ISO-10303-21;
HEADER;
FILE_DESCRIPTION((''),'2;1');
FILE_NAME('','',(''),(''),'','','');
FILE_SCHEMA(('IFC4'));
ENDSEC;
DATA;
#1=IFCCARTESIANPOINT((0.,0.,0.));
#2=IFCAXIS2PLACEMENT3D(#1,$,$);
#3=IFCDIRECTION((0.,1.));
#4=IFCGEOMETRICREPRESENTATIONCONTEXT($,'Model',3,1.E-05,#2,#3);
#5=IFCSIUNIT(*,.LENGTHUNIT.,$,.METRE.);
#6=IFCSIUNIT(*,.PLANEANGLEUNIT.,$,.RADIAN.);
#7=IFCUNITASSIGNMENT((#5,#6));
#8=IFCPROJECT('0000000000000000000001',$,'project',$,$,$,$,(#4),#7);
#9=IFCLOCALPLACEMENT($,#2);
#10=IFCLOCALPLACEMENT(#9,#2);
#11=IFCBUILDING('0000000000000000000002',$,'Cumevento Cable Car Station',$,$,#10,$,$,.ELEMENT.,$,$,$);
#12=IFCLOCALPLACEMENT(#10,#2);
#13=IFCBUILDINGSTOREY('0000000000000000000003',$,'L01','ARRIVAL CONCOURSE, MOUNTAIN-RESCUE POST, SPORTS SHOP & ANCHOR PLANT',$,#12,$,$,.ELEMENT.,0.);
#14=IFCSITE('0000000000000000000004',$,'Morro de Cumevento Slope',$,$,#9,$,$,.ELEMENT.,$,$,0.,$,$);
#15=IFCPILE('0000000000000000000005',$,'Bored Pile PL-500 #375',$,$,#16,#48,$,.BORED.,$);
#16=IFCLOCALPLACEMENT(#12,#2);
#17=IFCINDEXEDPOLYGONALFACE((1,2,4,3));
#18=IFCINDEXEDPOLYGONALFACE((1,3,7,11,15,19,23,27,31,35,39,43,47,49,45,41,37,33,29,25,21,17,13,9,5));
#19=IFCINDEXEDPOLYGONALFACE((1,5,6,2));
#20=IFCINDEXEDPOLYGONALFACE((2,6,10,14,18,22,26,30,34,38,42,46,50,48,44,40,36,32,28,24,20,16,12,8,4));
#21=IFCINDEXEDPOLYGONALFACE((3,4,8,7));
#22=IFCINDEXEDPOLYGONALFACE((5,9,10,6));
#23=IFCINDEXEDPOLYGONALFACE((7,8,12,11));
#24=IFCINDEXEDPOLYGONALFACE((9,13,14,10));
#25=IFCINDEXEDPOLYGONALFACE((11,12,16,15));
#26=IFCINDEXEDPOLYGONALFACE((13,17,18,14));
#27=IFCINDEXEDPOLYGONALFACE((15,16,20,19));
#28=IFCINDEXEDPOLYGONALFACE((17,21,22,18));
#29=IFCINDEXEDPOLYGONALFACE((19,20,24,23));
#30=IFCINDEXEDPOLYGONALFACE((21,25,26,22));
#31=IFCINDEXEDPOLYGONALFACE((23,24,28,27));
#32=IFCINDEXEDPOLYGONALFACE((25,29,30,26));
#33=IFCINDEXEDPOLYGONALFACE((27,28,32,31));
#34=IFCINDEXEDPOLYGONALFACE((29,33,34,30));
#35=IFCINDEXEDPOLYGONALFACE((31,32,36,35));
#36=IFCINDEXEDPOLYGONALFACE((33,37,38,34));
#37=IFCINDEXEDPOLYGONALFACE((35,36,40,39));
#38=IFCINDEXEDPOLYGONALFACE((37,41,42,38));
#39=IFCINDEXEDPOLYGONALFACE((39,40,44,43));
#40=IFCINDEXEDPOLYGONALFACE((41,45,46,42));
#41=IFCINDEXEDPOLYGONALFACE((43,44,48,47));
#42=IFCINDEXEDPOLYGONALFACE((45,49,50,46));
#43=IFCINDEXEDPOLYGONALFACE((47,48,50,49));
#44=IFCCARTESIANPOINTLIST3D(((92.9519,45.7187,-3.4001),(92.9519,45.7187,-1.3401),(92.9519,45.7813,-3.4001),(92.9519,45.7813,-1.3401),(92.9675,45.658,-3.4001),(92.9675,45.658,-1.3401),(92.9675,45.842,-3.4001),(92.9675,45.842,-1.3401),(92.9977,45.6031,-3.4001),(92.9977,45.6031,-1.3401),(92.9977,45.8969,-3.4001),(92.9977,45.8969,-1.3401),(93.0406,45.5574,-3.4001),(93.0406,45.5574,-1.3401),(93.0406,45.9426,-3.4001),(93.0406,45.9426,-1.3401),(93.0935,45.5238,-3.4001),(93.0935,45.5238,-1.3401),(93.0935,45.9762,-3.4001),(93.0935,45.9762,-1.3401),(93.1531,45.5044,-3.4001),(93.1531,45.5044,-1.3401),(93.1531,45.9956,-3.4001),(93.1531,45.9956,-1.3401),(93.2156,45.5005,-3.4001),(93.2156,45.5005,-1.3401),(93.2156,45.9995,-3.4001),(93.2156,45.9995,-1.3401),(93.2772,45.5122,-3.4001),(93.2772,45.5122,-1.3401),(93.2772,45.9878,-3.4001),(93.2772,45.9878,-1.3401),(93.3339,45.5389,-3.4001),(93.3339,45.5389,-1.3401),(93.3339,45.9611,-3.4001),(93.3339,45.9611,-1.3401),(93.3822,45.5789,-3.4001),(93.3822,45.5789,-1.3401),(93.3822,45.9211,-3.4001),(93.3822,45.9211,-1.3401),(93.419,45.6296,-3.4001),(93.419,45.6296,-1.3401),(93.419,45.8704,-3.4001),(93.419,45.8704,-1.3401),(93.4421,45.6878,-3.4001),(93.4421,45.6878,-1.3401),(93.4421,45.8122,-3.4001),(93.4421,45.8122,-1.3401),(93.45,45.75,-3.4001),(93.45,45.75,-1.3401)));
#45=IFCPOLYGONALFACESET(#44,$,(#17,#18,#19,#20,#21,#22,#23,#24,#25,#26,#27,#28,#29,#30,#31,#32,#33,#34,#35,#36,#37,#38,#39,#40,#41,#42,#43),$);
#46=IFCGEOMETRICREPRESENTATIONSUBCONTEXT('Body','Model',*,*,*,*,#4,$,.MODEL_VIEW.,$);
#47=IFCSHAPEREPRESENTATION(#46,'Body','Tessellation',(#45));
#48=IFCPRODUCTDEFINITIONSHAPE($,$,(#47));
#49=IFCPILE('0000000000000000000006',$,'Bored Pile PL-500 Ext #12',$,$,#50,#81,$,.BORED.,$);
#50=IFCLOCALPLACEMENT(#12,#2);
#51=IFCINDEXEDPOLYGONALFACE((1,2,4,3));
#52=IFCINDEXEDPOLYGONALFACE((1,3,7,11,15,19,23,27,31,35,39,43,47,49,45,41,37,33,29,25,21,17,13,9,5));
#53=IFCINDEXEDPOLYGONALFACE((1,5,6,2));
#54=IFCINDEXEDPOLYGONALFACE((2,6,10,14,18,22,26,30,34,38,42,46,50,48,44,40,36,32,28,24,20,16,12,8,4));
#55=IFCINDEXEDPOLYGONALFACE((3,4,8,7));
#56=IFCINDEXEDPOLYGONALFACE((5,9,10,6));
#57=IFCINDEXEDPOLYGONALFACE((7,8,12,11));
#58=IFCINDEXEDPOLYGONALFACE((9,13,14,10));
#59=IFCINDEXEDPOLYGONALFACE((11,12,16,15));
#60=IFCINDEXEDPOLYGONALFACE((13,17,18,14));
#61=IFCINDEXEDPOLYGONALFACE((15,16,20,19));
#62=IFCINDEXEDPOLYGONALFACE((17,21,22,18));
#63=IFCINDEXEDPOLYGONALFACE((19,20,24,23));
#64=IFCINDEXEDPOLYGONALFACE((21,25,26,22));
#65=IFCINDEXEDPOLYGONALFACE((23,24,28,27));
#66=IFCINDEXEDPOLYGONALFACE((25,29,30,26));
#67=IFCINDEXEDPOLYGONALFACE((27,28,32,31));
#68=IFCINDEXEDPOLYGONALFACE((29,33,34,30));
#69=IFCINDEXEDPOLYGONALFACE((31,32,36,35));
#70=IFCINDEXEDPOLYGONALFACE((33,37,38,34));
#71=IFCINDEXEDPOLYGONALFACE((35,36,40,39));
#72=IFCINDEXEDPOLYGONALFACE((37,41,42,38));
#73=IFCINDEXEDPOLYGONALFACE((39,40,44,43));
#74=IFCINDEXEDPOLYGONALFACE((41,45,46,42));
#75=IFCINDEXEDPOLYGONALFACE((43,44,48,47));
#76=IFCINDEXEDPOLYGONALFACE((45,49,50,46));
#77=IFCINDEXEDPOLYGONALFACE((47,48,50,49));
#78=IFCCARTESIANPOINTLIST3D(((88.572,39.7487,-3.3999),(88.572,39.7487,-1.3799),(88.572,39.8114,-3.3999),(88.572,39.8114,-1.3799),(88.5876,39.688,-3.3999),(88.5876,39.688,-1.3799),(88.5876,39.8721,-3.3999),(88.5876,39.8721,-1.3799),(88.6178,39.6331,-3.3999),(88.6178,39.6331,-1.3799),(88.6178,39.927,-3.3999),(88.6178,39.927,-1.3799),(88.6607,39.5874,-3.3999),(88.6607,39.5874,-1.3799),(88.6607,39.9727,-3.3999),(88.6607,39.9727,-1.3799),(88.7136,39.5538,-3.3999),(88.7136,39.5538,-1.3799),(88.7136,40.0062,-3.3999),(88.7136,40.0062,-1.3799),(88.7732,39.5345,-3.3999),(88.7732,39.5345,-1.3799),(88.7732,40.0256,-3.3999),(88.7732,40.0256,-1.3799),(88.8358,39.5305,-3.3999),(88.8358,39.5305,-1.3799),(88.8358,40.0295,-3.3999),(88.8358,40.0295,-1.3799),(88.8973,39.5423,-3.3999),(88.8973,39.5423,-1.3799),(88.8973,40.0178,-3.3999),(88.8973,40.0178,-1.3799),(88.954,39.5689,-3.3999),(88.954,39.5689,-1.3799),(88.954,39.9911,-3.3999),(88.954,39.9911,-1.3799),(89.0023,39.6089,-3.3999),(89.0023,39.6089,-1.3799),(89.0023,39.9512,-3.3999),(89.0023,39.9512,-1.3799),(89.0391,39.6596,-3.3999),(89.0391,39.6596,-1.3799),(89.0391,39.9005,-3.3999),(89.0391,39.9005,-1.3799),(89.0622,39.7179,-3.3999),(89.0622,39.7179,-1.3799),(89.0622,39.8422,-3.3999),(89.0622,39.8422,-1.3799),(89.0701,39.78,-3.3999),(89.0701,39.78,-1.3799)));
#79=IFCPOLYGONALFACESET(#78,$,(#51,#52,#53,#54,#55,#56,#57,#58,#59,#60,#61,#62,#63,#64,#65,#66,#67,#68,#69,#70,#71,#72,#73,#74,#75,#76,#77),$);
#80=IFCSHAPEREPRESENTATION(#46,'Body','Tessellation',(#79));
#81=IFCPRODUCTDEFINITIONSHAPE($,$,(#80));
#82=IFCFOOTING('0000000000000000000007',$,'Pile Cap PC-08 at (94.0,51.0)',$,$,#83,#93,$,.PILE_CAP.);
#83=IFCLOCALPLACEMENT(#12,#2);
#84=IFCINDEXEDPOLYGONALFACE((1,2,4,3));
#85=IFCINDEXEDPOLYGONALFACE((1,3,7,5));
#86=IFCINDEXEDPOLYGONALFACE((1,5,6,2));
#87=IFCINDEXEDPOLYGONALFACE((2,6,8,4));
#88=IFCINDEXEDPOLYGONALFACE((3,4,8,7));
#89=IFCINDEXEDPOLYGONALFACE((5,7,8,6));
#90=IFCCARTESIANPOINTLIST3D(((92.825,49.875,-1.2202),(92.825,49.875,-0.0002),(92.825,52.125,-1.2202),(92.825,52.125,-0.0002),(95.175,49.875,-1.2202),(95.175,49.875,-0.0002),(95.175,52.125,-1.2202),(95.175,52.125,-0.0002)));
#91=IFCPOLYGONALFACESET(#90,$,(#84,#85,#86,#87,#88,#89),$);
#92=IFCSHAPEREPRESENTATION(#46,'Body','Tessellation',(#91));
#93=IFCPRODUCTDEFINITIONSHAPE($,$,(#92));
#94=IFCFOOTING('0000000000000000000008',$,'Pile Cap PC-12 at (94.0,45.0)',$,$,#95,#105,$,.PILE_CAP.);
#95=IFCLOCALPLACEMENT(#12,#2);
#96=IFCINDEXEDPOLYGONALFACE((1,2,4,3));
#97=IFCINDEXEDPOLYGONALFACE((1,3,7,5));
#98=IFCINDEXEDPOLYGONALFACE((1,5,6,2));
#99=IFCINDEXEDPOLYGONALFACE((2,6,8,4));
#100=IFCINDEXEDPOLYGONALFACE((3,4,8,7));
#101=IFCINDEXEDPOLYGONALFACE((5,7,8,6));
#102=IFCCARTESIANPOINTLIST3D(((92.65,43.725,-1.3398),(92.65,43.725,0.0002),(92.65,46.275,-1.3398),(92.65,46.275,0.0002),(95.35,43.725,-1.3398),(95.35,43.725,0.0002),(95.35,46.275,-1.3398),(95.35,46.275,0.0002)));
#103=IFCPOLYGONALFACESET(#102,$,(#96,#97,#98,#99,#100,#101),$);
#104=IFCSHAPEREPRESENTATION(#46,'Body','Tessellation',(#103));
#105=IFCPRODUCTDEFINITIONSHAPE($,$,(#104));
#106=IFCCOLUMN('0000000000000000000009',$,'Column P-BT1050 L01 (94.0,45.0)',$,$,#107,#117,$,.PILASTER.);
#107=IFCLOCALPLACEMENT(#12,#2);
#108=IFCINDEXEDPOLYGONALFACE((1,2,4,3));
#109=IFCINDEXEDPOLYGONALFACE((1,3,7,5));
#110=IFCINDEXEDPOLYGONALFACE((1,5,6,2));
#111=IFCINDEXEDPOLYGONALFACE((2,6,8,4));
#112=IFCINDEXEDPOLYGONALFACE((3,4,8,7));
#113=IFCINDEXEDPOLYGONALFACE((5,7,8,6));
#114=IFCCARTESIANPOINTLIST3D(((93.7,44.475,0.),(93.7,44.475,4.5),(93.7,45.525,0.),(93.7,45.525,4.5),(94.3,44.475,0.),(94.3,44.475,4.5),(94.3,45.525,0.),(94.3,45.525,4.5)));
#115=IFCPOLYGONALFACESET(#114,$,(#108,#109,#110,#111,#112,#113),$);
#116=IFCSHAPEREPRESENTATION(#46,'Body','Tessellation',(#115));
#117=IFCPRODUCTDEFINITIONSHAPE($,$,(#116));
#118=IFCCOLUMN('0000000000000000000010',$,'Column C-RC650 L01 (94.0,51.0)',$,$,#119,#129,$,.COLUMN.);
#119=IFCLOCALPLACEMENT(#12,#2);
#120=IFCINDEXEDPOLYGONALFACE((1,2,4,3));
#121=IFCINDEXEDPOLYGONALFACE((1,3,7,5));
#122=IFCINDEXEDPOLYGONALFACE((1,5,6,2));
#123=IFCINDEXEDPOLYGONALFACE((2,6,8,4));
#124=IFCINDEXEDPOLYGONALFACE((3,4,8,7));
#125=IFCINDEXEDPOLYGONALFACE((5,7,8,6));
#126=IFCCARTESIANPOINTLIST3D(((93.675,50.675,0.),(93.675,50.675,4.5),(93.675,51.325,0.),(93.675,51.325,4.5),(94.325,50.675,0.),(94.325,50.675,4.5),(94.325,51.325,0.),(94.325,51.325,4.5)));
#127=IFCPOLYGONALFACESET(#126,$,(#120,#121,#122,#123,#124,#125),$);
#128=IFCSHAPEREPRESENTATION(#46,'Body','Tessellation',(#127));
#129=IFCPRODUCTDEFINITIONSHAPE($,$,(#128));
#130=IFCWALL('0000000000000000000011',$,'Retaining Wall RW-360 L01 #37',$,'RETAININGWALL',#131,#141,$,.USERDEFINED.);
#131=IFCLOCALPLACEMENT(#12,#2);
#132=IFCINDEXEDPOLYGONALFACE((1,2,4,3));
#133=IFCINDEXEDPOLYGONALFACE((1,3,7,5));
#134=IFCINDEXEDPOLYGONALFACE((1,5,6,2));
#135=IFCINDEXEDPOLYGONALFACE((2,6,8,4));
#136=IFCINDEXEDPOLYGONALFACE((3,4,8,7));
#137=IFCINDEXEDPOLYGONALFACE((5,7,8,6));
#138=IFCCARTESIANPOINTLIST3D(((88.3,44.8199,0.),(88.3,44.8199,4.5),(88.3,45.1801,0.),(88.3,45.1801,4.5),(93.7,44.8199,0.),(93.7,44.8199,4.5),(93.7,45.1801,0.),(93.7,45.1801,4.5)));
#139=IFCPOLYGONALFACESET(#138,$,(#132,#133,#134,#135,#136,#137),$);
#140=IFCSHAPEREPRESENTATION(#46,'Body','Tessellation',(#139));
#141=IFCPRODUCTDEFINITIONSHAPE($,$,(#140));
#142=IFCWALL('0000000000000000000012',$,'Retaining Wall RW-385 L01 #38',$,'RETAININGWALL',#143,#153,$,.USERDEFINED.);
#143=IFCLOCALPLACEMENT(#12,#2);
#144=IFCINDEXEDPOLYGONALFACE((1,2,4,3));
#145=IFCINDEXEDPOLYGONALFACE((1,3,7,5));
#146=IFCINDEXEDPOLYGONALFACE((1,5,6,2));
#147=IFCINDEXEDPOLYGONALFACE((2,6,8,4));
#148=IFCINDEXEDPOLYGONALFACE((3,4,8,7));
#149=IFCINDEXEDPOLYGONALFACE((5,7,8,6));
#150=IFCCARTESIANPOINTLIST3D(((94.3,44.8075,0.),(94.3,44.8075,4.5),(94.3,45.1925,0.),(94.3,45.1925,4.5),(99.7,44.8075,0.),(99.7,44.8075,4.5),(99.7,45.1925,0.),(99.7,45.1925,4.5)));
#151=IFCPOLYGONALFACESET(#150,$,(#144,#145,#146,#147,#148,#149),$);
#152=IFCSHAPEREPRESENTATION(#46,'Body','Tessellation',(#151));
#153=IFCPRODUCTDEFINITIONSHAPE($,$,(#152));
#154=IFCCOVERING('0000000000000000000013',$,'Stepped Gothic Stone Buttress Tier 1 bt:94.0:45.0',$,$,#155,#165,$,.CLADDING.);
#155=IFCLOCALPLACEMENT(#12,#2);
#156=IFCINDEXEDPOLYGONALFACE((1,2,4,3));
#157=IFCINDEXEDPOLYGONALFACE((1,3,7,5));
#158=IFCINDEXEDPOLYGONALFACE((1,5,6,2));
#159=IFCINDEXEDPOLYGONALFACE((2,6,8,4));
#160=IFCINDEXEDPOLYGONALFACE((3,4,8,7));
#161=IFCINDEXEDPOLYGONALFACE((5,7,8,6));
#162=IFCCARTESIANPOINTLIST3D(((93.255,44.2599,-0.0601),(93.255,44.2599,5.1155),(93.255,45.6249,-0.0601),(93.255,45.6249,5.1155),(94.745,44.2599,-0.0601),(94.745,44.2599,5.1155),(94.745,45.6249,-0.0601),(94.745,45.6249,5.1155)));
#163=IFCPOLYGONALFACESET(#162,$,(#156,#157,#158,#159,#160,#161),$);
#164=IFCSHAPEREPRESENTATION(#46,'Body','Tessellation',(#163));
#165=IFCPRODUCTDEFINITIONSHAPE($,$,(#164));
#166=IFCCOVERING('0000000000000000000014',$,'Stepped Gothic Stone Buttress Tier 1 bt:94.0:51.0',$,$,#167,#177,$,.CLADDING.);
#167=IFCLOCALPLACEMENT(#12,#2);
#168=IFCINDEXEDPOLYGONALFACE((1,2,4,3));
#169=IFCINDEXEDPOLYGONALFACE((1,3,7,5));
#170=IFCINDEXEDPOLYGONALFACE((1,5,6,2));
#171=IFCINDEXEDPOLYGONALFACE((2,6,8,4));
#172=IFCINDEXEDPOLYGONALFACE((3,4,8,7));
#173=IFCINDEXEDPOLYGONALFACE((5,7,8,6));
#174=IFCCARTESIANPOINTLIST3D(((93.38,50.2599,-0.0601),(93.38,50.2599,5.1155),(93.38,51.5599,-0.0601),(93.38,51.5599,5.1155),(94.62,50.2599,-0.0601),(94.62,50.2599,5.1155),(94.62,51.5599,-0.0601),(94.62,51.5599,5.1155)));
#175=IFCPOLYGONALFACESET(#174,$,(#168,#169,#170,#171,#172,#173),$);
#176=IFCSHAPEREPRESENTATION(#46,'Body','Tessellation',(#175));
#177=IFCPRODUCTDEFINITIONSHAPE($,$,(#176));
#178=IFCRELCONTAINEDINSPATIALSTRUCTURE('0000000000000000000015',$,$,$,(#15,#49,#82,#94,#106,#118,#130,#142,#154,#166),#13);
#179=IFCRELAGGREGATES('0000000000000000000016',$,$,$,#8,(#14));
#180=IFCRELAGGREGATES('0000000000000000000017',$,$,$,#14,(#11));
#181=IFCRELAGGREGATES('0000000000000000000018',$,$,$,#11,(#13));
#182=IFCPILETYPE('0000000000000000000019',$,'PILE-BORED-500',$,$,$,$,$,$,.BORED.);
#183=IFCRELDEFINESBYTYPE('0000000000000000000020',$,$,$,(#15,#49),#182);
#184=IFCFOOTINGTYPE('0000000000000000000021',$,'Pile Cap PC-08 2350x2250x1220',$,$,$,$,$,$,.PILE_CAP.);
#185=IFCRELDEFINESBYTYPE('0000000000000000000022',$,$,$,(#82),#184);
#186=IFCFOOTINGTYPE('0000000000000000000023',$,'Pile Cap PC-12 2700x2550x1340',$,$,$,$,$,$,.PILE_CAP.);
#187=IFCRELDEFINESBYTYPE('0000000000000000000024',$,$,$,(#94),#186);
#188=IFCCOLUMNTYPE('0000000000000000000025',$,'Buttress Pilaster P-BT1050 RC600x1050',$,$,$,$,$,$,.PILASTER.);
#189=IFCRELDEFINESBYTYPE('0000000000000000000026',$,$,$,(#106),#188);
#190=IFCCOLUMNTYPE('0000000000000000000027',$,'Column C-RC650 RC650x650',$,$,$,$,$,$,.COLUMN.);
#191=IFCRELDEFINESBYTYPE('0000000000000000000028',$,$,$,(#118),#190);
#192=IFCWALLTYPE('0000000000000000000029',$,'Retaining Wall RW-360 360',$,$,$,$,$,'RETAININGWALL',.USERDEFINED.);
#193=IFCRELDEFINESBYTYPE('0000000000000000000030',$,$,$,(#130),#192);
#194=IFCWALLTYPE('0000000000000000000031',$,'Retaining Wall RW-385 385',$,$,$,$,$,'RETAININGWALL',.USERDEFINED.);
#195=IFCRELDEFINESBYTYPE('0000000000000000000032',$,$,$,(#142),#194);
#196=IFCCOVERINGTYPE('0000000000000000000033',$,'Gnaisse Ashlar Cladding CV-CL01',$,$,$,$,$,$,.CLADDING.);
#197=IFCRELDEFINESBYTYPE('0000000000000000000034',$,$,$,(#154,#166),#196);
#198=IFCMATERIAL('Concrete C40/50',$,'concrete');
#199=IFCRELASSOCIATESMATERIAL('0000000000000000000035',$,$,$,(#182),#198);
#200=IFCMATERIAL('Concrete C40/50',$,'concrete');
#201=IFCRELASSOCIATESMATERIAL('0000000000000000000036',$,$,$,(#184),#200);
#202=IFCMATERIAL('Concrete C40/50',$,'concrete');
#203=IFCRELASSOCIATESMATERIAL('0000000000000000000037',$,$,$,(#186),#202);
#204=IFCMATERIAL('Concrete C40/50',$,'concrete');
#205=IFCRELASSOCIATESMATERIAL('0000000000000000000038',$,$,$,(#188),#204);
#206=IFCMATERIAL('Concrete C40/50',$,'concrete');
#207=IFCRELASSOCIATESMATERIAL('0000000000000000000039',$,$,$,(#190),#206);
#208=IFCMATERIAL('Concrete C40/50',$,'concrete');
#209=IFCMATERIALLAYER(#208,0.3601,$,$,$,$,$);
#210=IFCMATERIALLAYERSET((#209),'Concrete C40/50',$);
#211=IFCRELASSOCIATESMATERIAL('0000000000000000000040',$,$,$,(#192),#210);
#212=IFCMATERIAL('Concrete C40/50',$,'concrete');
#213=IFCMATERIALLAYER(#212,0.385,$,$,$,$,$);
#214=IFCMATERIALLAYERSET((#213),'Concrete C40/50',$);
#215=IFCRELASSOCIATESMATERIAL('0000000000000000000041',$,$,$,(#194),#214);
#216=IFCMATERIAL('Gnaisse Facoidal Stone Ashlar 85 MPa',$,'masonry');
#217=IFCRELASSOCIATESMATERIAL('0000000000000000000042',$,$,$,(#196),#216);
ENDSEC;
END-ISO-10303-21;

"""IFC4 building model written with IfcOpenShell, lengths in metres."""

from ifc_helpers import new_model, si_unit, direction, frame, frame_2d, origin, origin_2d, place, context, subcontext, project, spatial, rectangle, circle, extrude, material, layer, layer_set, material_profile, profile_set, type_object, element, save


model = new_model("IFC4")

# Units and contexts
model_context = context("Model", 3, precision=1e-05, world=origin(), true_north=direction((0.0, 1.0)))
body_context = subcontext(model_context, "Body", "Model", "MODEL_VIEW")
ifc_project = project(units=[si_unit("LENGTHUNIT", "METRE"), si_unit("PLANEANGLEUNIT", "RADIAN")], contexts=[model_context])

# Site, building, storey
site_placement = place(None, origin())
site = spatial("IfcSite", under=ifc_project, at=site_placement, Name="Morro de Cumevento Slope", CompositionType="ELEMENT", RefElevation=0.0)
building_placement = place(site_placement, origin())
building = spatial("IfcBuilding", under=site, at=building_placement, Name="Cumevento Cable Car Station", CompositionType="ELEMENT")
storey_placement = place(building_placement, origin())
storey = spatial("IfcBuildingStorey", under=building, at=storey_placement, Name="L01", Description="ARRIVAL CONCOURSE, MOUNTAIN-RESCUE POST, SPORTS SHOP & ANCHOR PLANT", CompositionType="ELEMENT", Elevation=0.0)

# Piles
ifc_material_1 = material(Name="Concrete C40/50", Category="concrete")
ifc_material_profile_1 = material_profile(ifc_material_1, circle(Radius=0.25, at=origin_2d()), Name="PILE-D500")
ifc_profile_set_1 = profile_set([ifc_material_profile_1], Name="Concrete C40/50")
pile_type_1 = type_object("IfcPileType", Name="PILE-BORED-500", PredefinedType="BORED", material=ifc_profile_set_1)
for number, where, z_axis, x_axis, name in (
    (1, (93.2, 45.75, -1.3401), (0.0, 0.0, -1.0), (1.0, 0.0, 0.0), "Bored Pile PL-500 #375"),
):
    element("IfcPile", number, at=place(storey_placement, frame(where, z_axis=z_axis, x_axis=x_axis)), inside=storey, type_object=pile_type_1, Name=name, PredefinedType="BORED", context=body_context, shape_type="SweptSolid", body=[
        extrude(circle(Radius=0.25, at=origin_2d()), origin(), (0.0, 0.0, 1.0), 2.0601),
    ])
pile_1_placement = place(storey_placement, frame((88.8201, 39.78, -1.3799), z_axis=(0.0, 0.0, -1.0), x_axis=(1.0, 0.0, 0.0)))
element("IfcPile", 2, at=pile_1_placement, inside=storey, type_object=pile_type_1, Name="Bored Pile PL-500 Ext #12", PredefinedType="BORED", context=body_context, shape_type="SweptSolid", body=[
    extrude(circle(Radius=0.25, at=origin_2d()), origin(), (0.0, 0.0, 1.0), 2.02),
])

# Footings
ifc_material_2 = material(Name="Concrete C40/50", Category="concrete")
footing_type_1 = type_object("IfcFootingType", Name="Pile Cap PC-08 2350x2250x1220", PredefinedType="PILE_CAP", material=ifc_material_2)
footing_1_placement = place(storey_placement, frame((94.0, 51.0, -1.2202), z_axis=(0.0, 0.0, 1.0), x_axis=(1.0, 0.0, 0.0)))
element("IfcFooting", 3, at=footing_1_placement, inside=storey, type_object=footing_type_1, Name="Pile Cap PC-08 at (94.0,51.0)", PredefinedType="PILE_CAP", context=body_context, shape_type="SweptSolid", body=[
    extrude(rectangle(XDim=2.3501, YDim=2.25, at=origin_2d()), origin(), (0.0, 0.0, 1.0), 1.22),
])
ifc_material_3 = material(Name="Concrete C40/50", Category="concrete")
footing_type_2 = type_object("IfcFootingType", Name="Pile Cap PC-12 2700x2550x1340", PredefinedType="PILE_CAP", material=ifc_material_3)
footing_2_placement = place(storey_placement, frame((94.0, 45.0, -1.3398), z_axis=(0.0, 0.0, 1.0), x_axis=(1.0, 0.0, 0.0)))
element("IfcFooting", 4, at=footing_2_placement, inside=storey, type_object=footing_type_2, Name="Pile Cap PC-12 at (94.0,45.0)", PredefinedType="PILE_CAP", context=body_context, shape_type="SweptSolid", body=[
    extrude(rectangle(XDim=2.7, YDim=2.55, at=origin_2d()), origin(), (0.0, 0.0, 1.0), 1.3401),
])

# Columns
ifc_material_4 = material(Name="Concrete C40/50", Category="concrete")
ifc_material_profile_2 = material_profile(ifc_material_4, rectangle(XDim=0.6001, YDim=1.05, at=origin_2d()), Name="RC600x1050")
ifc_profile_set_2 = profile_set([ifc_material_profile_2], Name="Concrete C40/50")
column_type_1 = type_object("IfcColumnType", Name="Buttress Pilaster P-BT1050 RC600x1050", PredefinedType="PILASTER", material=ifc_profile_set_2)
column_1_placement = place(storey_placement, frame((94.0, 45.0, 0.0), z_axis=(0.0, 0.0, 1.0), x_axis=(1.0, 0.0, 0.0)))
element("IfcColumn", 5, at=column_1_placement, inside=storey, type_object=column_type_1, Name="Column P-BT1050 L01 (94.0,45.0)", PredefinedType="PILASTER", context=body_context, shape_type="SweptSolid", body=[
    extrude(rectangle(XDim=0.6001, YDim=1.05, at=origin_2d()), origin(), (0.0, 0.0, 1.0), 4.5),
])
ifc_material_5 = material(Name="Concrete C40/50", Category="concrete")
ifc_material_profile_3 = material_profile(ifc_material_5, rectangle(XDim=0.6499, YDim=0.6499, at=origin_2d()), Name="RC650x650")
ifc_profile_set_3 = profile_set([ifc_material_profile_3], Name="Concrete C40/50")
column_type_2 = type_object("IfcColumnType", Name="Column C-RC650 RC650x650", PredefinedType="COLUMN", material=ifc_profile_set_3)
column_2_placement = place(storey_placement, frame((94.0, 51.0, 0.0), z_axis=(0.0, 0.0, 1.0), x_axis=(1.0, 0.0, 0.0)))
element("IfcColumn", 6, at=column_2_placement, inside=storey, type_object=column_type_2, Name="Column C-RC650 L01 (94.0,51.0)", PredefinedType="COLUMN", context=body_context, shape_type="SweptSolid", body=[
    extrude(rectangle(XDim=0.6499, YDim=0.6499, at=origin_2d()), origin(), (0.0, 0.0, 1.0), 4.5),
])

# Walls
ifc_material_6 = material(Name="Concrete C40/50", Category="concrete")
ifc_layer_1 = layer(ifc_material_6, 0.3601)
ifc_layer_set_1 = layer_set([ifc_layer_1], Name="Concrete C40/50")
wall_type_1 = type_object("IfcWallType", Name="Retaining Wall RW-360 360", ElementType="RETAININGWALL", PredefinedType="USERDEFINED", material=ifc_layer_set_1)
wall_1_placement = place(storey_placement, frame((88.3, 45.0, 0.0), z_axis=(0.0, 0.0, 1.0), x_axis=(1.0, 0.0, 0.0)))
element("IfcWall", 7, at=wall_1_placement, inside=storey, type_object=wall_type_1, Name="Retaining Wall RW-360 L01 #37", ObjectType="RETAININGWALL", PredefinedType="USERDEFINED", context=body_context, shape_type="SweptSolid", body=[
    extrude(rectangle(XDim=5.3999, YDim=0.3601, at=frame_2d((2.7, 0.0))), origin(), (0.0, 0.0, 1.0), 4.5),
])
ifc_material_7 = material(Name="Concrete C40/50", Category="concrete")
ifc_layer_2 = layer(ifc_material_7, 0.385)
ifc_layer_set_2 = layer_set([ifc_layer_2], Name="Concrete C40/50")
wall_type_2 = type_object("IfcWallType", Name="Retaining Wall RW-385 385", ElementType="RETAININGWALL", PredefinedType="USERDEFINED", material=ifc_layer_set_2)
wall_2_placement = place(storey_placement, frame((94.3, 45.0, 0.0), z_axis=(0.0, 0.0, 1.0), x_axis=(1.0, 0.0, 0.0)))
element("IfcWall", 8, at=wall_2_placement, inside=storey, type_object=wall_type_2, Name="Retaining Wall RW-385 L01 #38", ObjectType="RETAININGWALL", PredefinedType="USERDEFINED", context=body_context, shape_type="SweptSolid", body=[
    extrude(rectangle(XDim=5.3999, YDim=0.385, at=frame_2d((2.7, 0.0))), origin(), (0.0, 0.0, 1.0), 4.5),
])

# Coverings
ifc_material_8 = material(Name="Gnaisse Facoidal Stone Ashlar 85 MPa", Category="masonry")
covering_type = type_object("IfcCoveringType", Name="Gnaisse Ashlar Cladding CV-CL01", PredefinedType="CLADDING", material=ifc_material_8)
covering_1_placement = place(storey_placement, frame((94.0, 44.9424, -0.0601), z_axis=(0.0, 0.0, 1.0), x_axis=(1.0, 0.0, 0.0)))
element("IfcCovering", 9, at=covering_1_placement, inside=storey, type_object=covering_type, Name="Stepped Gothic Stone Buttress Tier 1 bt:94.0:45.0", PredefinedType="CLADDING", context=body_context, shape_type="SweptSolid", body=[
    extrude(rectangle(XDim=1.49, YDim=1.365, at=origin_2d()), origin(), (0.0, 0.0, 1.0), 5.1755),
])
covering_2_placement = place(storey_placement, frame((94.0, 50.9099, -0.0601), z_axis=(0.0, 0.0, 1.0), x_axis=(1.0, 0.0, 0.0)))
element("IfcCovering", 10, at=covering_2_placement, inside=storey, type_object=covering_type, Name="Stepped Gothic Stone Buttress Tier 1 bt:94.0:51.0", PredefinedType="CLADDING", context=body_context, shape_type="SweptSolid", body=[
    extrude(rectangle(XDim=1.24, YDim=1.3, at=origin_2d()), origin(), (0.0, 0.0, 1.0), 5.1755),
])

save(model, "model.ifc")
